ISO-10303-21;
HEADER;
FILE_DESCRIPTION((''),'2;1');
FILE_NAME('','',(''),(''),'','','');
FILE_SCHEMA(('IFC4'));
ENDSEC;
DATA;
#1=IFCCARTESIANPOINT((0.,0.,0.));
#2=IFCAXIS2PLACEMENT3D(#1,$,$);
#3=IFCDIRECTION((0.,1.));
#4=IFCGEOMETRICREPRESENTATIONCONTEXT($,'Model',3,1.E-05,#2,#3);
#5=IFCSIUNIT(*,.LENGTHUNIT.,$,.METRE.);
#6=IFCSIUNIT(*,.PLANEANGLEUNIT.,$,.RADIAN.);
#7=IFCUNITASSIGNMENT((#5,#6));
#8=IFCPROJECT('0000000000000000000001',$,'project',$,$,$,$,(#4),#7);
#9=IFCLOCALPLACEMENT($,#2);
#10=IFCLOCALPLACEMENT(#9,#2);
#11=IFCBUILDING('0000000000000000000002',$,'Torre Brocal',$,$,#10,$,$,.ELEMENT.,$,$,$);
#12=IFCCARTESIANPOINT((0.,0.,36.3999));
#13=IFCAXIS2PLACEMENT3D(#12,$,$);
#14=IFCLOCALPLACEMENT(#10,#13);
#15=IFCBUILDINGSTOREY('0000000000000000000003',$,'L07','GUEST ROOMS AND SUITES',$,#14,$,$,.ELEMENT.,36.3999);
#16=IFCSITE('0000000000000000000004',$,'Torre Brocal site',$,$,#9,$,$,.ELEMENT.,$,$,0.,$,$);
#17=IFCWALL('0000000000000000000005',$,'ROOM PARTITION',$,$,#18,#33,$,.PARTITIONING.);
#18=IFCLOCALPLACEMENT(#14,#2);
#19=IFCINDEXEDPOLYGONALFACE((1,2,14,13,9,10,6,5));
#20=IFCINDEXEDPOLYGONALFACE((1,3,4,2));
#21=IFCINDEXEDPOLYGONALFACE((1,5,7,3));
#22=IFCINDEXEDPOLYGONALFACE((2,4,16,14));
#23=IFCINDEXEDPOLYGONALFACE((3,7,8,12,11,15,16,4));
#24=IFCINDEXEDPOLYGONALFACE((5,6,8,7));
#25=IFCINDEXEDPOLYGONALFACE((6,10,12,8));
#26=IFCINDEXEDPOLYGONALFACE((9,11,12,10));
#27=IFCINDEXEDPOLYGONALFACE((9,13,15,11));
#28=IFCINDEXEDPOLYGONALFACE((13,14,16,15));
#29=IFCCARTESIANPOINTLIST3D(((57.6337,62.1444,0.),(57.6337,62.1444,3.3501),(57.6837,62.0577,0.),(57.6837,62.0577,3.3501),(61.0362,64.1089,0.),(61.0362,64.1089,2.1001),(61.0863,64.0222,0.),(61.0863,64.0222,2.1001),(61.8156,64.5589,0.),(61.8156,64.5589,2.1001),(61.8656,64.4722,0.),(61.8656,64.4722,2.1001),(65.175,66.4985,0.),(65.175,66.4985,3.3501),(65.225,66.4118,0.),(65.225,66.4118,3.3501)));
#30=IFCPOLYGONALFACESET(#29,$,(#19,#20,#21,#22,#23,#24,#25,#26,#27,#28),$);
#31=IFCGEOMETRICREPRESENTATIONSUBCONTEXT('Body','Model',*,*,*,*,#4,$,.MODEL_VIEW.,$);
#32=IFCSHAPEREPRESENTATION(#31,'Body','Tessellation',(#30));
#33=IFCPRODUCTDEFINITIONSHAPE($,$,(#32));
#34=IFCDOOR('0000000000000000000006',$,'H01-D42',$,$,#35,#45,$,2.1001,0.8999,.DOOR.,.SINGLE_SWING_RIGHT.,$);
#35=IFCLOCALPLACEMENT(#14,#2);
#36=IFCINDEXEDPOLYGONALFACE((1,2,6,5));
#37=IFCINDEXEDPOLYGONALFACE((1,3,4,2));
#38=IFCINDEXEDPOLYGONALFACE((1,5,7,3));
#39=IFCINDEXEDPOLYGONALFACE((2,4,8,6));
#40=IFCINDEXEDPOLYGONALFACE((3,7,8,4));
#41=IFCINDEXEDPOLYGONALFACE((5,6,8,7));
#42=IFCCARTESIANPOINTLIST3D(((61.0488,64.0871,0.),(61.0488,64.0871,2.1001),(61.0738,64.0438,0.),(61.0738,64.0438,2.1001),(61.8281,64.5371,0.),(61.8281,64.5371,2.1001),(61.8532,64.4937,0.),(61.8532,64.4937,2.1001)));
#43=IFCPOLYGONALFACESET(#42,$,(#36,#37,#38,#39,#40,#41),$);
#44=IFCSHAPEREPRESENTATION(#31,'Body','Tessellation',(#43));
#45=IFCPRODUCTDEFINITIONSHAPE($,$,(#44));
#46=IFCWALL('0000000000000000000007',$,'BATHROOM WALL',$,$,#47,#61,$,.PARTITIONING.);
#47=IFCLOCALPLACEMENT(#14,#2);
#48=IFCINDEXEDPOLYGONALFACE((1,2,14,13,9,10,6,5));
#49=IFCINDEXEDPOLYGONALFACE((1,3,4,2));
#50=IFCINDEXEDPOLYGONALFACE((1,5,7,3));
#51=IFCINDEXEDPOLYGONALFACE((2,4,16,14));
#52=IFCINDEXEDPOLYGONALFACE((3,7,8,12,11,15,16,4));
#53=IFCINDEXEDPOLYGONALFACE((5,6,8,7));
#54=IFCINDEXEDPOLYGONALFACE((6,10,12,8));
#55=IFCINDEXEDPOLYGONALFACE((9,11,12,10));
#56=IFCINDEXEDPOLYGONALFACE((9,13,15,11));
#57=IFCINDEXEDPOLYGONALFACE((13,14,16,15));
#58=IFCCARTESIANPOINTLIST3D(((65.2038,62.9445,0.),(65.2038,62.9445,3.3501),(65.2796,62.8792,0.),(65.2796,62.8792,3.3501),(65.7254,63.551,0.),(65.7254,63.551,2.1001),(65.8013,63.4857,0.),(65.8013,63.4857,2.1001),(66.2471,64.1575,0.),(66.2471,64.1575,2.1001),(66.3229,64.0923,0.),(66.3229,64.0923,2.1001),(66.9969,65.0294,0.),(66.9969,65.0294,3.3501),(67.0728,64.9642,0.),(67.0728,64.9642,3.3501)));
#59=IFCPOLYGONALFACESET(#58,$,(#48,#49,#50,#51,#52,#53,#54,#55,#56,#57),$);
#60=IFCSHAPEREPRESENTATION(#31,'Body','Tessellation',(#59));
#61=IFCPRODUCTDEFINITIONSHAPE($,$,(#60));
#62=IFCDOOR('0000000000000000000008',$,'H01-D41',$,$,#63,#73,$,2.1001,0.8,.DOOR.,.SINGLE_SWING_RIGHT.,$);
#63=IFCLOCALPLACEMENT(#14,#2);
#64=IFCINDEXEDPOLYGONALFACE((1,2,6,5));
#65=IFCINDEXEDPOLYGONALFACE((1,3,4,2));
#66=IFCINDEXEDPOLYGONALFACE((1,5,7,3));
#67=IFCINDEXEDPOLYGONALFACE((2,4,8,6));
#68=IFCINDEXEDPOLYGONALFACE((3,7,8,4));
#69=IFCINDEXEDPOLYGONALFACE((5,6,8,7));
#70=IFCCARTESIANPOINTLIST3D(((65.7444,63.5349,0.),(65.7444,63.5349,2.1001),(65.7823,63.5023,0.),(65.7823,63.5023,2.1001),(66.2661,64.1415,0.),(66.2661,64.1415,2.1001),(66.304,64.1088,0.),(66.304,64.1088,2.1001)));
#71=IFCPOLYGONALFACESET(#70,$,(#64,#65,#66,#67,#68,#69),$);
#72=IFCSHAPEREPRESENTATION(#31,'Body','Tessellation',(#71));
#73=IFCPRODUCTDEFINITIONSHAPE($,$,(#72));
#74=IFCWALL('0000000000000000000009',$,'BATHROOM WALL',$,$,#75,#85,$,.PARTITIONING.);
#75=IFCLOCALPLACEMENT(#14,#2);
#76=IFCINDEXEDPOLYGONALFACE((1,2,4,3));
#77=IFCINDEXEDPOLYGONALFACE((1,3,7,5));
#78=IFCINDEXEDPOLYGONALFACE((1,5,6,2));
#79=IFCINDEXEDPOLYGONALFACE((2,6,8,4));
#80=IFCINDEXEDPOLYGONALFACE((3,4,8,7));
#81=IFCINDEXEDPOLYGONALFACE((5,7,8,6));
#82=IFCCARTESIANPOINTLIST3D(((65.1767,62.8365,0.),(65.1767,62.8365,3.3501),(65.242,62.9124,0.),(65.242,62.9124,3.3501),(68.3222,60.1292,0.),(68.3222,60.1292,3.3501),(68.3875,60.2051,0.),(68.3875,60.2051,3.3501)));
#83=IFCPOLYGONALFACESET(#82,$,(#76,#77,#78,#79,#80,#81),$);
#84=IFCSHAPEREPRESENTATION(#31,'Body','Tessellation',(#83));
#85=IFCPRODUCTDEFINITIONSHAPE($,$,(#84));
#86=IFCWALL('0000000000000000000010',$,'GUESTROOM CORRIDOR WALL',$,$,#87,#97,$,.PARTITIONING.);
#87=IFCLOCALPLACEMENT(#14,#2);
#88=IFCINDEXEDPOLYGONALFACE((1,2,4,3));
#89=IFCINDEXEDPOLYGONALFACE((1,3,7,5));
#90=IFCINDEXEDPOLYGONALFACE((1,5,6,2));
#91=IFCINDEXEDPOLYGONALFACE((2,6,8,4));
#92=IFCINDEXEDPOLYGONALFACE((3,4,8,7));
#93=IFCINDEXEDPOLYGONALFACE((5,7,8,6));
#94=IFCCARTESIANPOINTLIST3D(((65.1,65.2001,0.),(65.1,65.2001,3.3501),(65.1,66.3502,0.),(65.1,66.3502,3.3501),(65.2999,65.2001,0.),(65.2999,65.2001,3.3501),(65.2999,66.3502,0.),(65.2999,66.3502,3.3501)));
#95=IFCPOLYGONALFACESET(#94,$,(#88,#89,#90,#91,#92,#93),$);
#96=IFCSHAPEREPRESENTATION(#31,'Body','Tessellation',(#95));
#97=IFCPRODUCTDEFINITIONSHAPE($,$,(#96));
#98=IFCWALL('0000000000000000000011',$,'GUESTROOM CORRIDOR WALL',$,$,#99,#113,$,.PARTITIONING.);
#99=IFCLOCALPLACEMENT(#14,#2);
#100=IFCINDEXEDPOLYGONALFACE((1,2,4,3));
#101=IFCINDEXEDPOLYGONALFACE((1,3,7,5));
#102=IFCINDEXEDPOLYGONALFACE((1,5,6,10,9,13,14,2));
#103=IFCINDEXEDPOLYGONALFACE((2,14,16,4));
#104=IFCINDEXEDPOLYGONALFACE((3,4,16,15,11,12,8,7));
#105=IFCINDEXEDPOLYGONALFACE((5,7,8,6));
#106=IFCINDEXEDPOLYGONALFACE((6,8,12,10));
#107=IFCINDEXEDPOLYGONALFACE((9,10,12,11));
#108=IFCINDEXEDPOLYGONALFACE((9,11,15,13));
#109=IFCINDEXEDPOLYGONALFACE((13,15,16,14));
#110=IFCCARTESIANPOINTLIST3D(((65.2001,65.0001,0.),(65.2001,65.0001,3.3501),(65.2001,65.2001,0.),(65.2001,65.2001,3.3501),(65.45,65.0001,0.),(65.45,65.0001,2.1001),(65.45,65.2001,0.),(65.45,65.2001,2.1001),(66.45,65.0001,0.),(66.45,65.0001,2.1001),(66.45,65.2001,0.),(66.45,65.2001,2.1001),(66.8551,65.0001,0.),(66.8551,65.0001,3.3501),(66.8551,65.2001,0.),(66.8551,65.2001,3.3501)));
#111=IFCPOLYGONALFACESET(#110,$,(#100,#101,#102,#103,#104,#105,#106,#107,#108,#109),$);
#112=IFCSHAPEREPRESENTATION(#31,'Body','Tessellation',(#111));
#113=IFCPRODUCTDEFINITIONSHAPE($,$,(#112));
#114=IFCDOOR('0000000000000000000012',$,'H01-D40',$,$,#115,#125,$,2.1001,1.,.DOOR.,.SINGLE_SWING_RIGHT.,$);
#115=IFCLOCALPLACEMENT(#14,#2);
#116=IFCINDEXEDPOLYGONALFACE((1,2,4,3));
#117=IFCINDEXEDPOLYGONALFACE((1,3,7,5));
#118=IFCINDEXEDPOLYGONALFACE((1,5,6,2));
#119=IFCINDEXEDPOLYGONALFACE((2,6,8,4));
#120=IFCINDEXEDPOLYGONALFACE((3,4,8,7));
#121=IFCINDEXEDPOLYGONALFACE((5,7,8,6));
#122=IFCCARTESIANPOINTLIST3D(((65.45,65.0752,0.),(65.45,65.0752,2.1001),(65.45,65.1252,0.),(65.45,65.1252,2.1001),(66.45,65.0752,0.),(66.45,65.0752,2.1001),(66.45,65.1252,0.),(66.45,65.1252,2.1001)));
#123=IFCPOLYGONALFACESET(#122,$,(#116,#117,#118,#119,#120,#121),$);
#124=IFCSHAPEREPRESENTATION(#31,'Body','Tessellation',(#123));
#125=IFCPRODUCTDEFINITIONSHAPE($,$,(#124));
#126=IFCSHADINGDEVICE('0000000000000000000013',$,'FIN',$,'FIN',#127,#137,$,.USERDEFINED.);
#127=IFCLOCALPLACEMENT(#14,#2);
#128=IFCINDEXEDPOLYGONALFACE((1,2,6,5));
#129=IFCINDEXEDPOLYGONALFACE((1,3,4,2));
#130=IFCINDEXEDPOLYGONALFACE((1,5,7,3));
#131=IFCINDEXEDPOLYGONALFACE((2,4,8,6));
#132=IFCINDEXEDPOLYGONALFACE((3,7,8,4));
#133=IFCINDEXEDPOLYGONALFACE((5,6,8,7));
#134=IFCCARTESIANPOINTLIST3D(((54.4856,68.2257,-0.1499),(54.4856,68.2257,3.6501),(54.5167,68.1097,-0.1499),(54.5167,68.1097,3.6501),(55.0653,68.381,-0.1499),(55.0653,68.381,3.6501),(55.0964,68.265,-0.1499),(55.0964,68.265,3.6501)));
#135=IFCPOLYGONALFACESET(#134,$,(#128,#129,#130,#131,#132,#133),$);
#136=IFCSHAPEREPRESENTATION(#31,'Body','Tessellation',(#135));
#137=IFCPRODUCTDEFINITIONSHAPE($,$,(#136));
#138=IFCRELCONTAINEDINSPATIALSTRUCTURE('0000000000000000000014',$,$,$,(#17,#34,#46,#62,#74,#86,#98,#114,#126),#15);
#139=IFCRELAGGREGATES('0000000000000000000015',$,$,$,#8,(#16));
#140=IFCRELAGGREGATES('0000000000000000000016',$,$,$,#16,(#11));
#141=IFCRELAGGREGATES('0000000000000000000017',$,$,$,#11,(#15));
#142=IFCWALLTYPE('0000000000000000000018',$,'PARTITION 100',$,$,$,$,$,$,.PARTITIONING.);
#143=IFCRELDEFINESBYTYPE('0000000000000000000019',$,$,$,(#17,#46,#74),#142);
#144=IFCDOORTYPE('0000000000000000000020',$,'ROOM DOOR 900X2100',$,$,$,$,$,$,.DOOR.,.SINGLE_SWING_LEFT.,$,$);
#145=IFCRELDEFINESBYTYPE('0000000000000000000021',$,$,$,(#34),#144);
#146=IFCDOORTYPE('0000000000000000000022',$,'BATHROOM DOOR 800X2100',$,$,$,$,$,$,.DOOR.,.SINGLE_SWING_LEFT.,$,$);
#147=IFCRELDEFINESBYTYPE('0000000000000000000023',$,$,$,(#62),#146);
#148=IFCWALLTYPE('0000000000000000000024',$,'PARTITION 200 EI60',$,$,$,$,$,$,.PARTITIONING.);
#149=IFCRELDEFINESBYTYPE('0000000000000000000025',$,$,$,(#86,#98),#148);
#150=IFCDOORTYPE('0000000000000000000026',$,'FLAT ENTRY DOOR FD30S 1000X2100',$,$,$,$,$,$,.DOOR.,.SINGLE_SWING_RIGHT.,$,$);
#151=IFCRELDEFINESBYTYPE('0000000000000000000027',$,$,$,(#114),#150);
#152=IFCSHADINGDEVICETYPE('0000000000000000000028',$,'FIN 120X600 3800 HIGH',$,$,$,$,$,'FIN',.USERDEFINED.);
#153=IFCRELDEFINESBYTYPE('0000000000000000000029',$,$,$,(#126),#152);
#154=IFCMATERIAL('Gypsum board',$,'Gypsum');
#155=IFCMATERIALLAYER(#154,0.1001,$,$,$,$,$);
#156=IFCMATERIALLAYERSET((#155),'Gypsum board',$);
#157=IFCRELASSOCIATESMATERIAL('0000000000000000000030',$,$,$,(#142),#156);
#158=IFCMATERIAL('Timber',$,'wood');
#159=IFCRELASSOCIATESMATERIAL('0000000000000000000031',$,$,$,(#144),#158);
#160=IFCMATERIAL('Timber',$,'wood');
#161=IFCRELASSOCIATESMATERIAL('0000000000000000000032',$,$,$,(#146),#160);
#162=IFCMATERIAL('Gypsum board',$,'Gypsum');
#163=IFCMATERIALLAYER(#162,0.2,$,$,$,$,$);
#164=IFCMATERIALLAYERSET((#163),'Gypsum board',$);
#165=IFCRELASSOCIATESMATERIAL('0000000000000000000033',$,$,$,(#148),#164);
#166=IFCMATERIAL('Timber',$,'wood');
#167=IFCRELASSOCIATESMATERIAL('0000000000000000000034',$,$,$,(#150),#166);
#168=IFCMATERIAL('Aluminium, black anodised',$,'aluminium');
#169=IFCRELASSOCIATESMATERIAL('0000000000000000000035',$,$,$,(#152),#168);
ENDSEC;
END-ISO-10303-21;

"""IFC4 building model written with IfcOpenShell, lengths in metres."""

from ifc_helpers import new_model, si_unit, direction, frame, frame_2d, origin, origin_2d, place, context, subcontext, project, spatial, rectangle, extrude, material, layer, layer_set, material_profile, profile_set, type_object, element, fill, save


model = new_model("IFC4")

# Units and contexts
model_context = context("Model", 3, precision=1e-05, world=origin(), true_north=direction((0.0, 1.0)))
body_context = subcontext(model_context, "Body", "Model", "MODEL_VIEW")
ifc_project = project(units=[si_unit("LENGTHUNIT", "METRE"), si_unit("PLANEANGLEUNIT", "RADIAN")], contexts=[model_context])

# Site, building, storey
site_placement = place(None, origin())
site = spatial("IfcSite", under=ifc_project, at=site_placement, Name="Torre Brocal site", CompositionType="ELEMENT", RefElevation=0.0)
building_placement = place(site_placement, origin())
building = spatial("IfcBuilding", under=site, at=building_placement, Name="Torre Brocal", CompositionType="ELEMENT")
storey_placement = place(building_placement, frame((0.0, 0.0, 36.3999)))
storey = spatial("IfcBuildingStorey", under=building, at=storey_placement, Name="L07", Description="GUEST ROOMS AND SUITES", CompositionType="ELEMENT", Elevation=36.3999)

# Walls, openings, doors
ifc_material_1 = material(Name="Gypsum board", Category="Gypsum")
ifc_layer_1 = layer(ifc_material_1, 0.1001)
ifc_layer_set_1 = layer_set([ifc_layer_1], Name="Gypsum board")
wall_type_1 = type_object("IfcWallType", Name="PARTITION 100", PredefinedType="PARTITIONING", material=ifc_layer_set_1)
wall_1_placement = place(storey_placement, frame((57.6587, 62.1011, 0.0), z_axis=(0.0, 0.0, 1.0), x_axis=(0.866023, 0.500005, 0.0)))
wall_1 = element("IfcWall", 1, at=wall_1_placement, inside=storey, type_object=wall_type_1, Name="ROOM PARTITION", PredefinedType="PARTITIONING", context=body_context, shape_type="SweptSolid", body=[
    extrude(rectangle(XDim=8.708, YDim=0.1001, at=frame_2d((4.354, 0.0))), origin(), (0.0, 0.0, 1.0), 3.3501),
])
opening_1_placement = place(wall_1_placement, frame((3.929, 0.0, 0.0)))
opening_1 = element("IfcOpeningElement", 2, at=opening_1_placement, cuts=wall_1, PredefinedType="OPENING", context=body_context, shape_type="SweptSolid", body=[
    extrude(rectangle(XDim=0.8999, YDim=2.1001, at=frame_2d((0.45, 1.05))), frame((0.0, 0.0601, 0.0), z_axis=(0.0, -1.0, 0.0), x_axis=(1.0, 0.0, 0.0)), (0.0, 0.0, 1.0), 0.1201),
])
ifc_material_2 = material(Name="Timber", Category="wood")
door_type_1 = type_object("IfcDoorType", Name="ROOM DOOR 900X2100", OperationType="SINGLE_SWING_LEFT", PredefinedType="DOOR", material=ifc_material_2)
door_1_placement = place(opening_1_placement, origin())
door_1 = element("IfcDoor", 3, at=door_1_placement, inside=storey, type_object=door_type_1, Name="H01-D42", OperationType="SINGLE_SWING_RIGHT", OverallHeight=2.1001, OverallWidth=0.8999, PredefinedType="DOOR", context=body_context, shape_type="SweptSolid", body=[
    extrude(rectangle(XDim=0.8999, YDim=2.1001, at=frame_2d((0.45, 1.05))), frame((0.0, 0.0249, 0.0), z_axis=(0.0, -1.0, 0.0), x_axis=(1.0, 0.0, 0.0)), (0.0, 0.0, 1.0), 0.05),
])
fill(opening_1, door_1)
wall_2_placement = place(storey_placement, frame((65.2417, 62.9119, 0.0), z_axis=(0.0, 0.0, 1.0), x_axis=(0.65207, 0.758159, 0.0)))
wall_2 = element("IfcWall", 4, at=wall_2_placement, inside=storey, type_object=wall_type_1, Name="BATHROOM WALL", PredefinedType="PARTITIONING", context=body_context, shape_type="SweptSolid", body=[
    extrude(rectangle(XDim=2.75, YDim=0.1001, at=frame_2d((1.375, 0.0))), origin(), (0.0, 0.0, 1.0), 3.3501),
])
opening_2_placement = place(wall_2_placement, frame((0.8, 0.0, 0.0)))
opening_2 = element("IfcOpeningElement", 5, at=opening_2_placement, cuts=wall_2, PredefinedType="OPENING", context=body_context, shape_type="SweptSolid", body=[
    extrude(rectangle(XDim=0.8, YDim=2.1001, at=frame_2d((0.3999, 1.05))), frame((0.0, 0.0601, 0.0), z_axis=(0.0, -1.0, 0.0), x_axis=(1.0, 0.0, 0.0)), (0.0, 0.0, 1.0), 0.1201),
])
ifc_material_3 = material(Name="Timber", Category="wood")
door_type_2 = type_object("IfcDoorType", Name="BATHROOM DOOR 800X2100", OperationType="SINGLE_SWING_LEFT", PredefinedType="DOOR", material=ifc_material_3)
door_2_placement = place(opening_2_placement, frame((0.8, 0.0, 0.0), z_axis=(0.0, 0.0, 1.0), x_axis=(-1.0, 0.0, 0.0)))
door_2 = element("IfcDoor", 6, at=door_2_placement, inside=storey, type_object=door_type_2, Name="H01-D41", OperationType="SINGLE_SWING_RIGHT", OverallHeight=2.1001, OverallWidth=0.8, PredefinedType="DOOR", context=body_context, shape_type="SweptSolid", body=[
    extrude(rectangle(XDim=0.8, YDim=2.1001, at=frame_2d((0.3999, 1.05))), frame((0.0, 0.0249, 0.0), z_axis=(0.0, -1.0, 0.0), x_axis=(1.0, 0.0, 0.0)), (0.0, 0.0, 1.0), 0.05),
])
fill(opening_2, door_2)

# Walls
wall_3_placement = place(storey_placement, frame((65.2092, 62.8745, 0.0), z_axis=(0.0, 0.0, 1.0), x_axis=(0.75793, -0.652335, 0.0)))
element("IfcWall", 7, at=wall_3_placement, inside=storey, type_object=wall_type_1, Name="BATHROOM WALL", PredefinedType="PARTITIONING", context=body_context, shape_type="SweptSolid", body=[
    extrude(rectangle(XDim=4.1501, YDim=0.1001, at=frame_2d((2.0752, 0.0))), origin(), (0.0, 0.0, 1.0), 3.3501),
])
ifc_material_4 = material(Name="Gypsum board", Category="Gypsum")
ifc_layer_2 = layer(ifc_material_4, 0.2)
ifc_layer_set_2 = layer_set([ifc_layer_2], Name="Gypsum board")
wall_type_2 = type_object("IfcWallType", Name="PARTITION 200 EI60", PredefinedType="PARTITIONING", material=ifc_layer_set_2)
wall_4_placement = place(storey_placement, frame((65.2, 65.2, 0.0), z_axis=(0.0, 0.0, 1.0), x_axis=(0.0, 1.0, 0.0)))
element("IfcWall", 8, at=wall_4_placement, inside=storey, type_object=wall_type_2, Name="GUESTROOM CORRIDOR WALL", PredefinedType="PARTITIONING", context=body_context, shape_type="SweptSolid", body=[
    extrude(rectangle(XDim=1.1501, YDim=0.2, at=frame_2d((0.5752, 0.0))), origin(), (0.0, 0.0, 1.0), 3.3501),
])

# Wall, opening, door
wall_5_placement = place(storey_placement, frame((65.2, 65.1001, 0.0), z_axis=(0.0, 0.0, 1.0), x_axis=(1.0, 0.0, 0.0)))
wall_5 = element("IfcWall", 9, at=wall_5_placement, inside=storey, type_object=wall_type_2, Name="GUESTROOM CORRIDOR WALL", PredefinedType="PARTITIONING", context=body_context, shape_type="SweptSolid", body=[
    extrude(rectangle(XDim=1.655, YDim=0.2, at=frame_2d((0.8276, 0.0))), origin(), (0.0, 0.0, 1.0), 3.3501),
])
opening_3_placement = place(wall_5_placement, frame((0.25, 0.0, 0.0)))
opening_3 = element("IfcOpeningElement", 10, at=opening_3_placement, cuts=wall_5, PredefinedType="OPENING", context=body_context, shape_type="SweptSolid", body=[
    extrude(rectangle(XDim=1.0, YDim=2.1001, at=frame_2d((0.5, 1.05))), frame((0.0, 0.1099, 0.0), z_axis=(0.0, -1.0, 0.0), x_axis=(1.0, 0.0, 0.0)), (0.0, 0.0, 1.0), 0.22),
])
ifc_material_5 = material(Name="Timber", Category="wood")
door_type_3 = type_object("IfcDoorType", Name="FLAT ENTRY DOOR FD30S 1000X2100", OperationType="SINGLE_SWING_RIGHT", PredefinedType="DOOR", material=ifc_material_5)
door_3_placement = place(opening_3_placement, frame((1.0, 0.0, 0.0), z_axis=(0.0, 0.0, 1.0), x_axis=(-1.0, 0.0, 0.0)))
door_3 = element("IfcDoor", 11, at=door_3_placement, inside=storey, type_object=door_type_3, Name="H01-D40", OperationType="SINGLE_SWING_RIGHT", OverallHeight=2.1001, OverallWidth=1.0, PredefinedType="DOOR", context=body_context, shape_type="SweptSolid", body=[
    extrude(rectangle(XDim=1.0, YDim=2.1001, at=frame_2d((0.5, 1.05))), frame((0.0, 0.0249, 0.0), z_axis=(0.0, -1.0, 0.0), x_axis=(1.0, 0.0, 0.0)), (0.0, 0.0, 1.0), 0.05),
])
fill(opening_3, door_3)

# Shading device
ifc_material_6 = material(Name="Aluminium, black anodised", Category="aluminium")
ifc_material_profile_1 = material_profile(ifc_material_6, rectangle(XDim=0.1201, YDim=0.6001, at=origin_2d()), Name="FIN 120X600 3800 HIGH")
ifc_profile_set_1 = profile_set([ifc_material_profile_1], Name="Aluminium, black anodised")
shading_device_type = type_object("IfcShadingDeviceType", Name="FIN 120X600 3800 HIGH", ElementType="FIN", PredefinedType="USERDEFINED", material=ifc_profile_set_1)
shading_device_placement = place(storey_placement, frame((54.791, 68.2454, -0.1499), z_axis=(0.0, 0.0, 1.0), x_axis=(0.258819, -0.965926, 0.0)))
element("IfcShadingDevice", 12, at=shading_device_placement, inside=storey, type_object=shading_device_type, Name="FIN", ObjectType="FIN", PredefinedType="USERDEFINED", context=body_context, shape_type="SweptSolid", body=[
    extrude(rectangle(XDim=0.1201, YDim=0.6001, at=origin_2d()), origin(), (0.0, 0.0, 1.0), 3.8),
])

save(model, "model.ifc")
